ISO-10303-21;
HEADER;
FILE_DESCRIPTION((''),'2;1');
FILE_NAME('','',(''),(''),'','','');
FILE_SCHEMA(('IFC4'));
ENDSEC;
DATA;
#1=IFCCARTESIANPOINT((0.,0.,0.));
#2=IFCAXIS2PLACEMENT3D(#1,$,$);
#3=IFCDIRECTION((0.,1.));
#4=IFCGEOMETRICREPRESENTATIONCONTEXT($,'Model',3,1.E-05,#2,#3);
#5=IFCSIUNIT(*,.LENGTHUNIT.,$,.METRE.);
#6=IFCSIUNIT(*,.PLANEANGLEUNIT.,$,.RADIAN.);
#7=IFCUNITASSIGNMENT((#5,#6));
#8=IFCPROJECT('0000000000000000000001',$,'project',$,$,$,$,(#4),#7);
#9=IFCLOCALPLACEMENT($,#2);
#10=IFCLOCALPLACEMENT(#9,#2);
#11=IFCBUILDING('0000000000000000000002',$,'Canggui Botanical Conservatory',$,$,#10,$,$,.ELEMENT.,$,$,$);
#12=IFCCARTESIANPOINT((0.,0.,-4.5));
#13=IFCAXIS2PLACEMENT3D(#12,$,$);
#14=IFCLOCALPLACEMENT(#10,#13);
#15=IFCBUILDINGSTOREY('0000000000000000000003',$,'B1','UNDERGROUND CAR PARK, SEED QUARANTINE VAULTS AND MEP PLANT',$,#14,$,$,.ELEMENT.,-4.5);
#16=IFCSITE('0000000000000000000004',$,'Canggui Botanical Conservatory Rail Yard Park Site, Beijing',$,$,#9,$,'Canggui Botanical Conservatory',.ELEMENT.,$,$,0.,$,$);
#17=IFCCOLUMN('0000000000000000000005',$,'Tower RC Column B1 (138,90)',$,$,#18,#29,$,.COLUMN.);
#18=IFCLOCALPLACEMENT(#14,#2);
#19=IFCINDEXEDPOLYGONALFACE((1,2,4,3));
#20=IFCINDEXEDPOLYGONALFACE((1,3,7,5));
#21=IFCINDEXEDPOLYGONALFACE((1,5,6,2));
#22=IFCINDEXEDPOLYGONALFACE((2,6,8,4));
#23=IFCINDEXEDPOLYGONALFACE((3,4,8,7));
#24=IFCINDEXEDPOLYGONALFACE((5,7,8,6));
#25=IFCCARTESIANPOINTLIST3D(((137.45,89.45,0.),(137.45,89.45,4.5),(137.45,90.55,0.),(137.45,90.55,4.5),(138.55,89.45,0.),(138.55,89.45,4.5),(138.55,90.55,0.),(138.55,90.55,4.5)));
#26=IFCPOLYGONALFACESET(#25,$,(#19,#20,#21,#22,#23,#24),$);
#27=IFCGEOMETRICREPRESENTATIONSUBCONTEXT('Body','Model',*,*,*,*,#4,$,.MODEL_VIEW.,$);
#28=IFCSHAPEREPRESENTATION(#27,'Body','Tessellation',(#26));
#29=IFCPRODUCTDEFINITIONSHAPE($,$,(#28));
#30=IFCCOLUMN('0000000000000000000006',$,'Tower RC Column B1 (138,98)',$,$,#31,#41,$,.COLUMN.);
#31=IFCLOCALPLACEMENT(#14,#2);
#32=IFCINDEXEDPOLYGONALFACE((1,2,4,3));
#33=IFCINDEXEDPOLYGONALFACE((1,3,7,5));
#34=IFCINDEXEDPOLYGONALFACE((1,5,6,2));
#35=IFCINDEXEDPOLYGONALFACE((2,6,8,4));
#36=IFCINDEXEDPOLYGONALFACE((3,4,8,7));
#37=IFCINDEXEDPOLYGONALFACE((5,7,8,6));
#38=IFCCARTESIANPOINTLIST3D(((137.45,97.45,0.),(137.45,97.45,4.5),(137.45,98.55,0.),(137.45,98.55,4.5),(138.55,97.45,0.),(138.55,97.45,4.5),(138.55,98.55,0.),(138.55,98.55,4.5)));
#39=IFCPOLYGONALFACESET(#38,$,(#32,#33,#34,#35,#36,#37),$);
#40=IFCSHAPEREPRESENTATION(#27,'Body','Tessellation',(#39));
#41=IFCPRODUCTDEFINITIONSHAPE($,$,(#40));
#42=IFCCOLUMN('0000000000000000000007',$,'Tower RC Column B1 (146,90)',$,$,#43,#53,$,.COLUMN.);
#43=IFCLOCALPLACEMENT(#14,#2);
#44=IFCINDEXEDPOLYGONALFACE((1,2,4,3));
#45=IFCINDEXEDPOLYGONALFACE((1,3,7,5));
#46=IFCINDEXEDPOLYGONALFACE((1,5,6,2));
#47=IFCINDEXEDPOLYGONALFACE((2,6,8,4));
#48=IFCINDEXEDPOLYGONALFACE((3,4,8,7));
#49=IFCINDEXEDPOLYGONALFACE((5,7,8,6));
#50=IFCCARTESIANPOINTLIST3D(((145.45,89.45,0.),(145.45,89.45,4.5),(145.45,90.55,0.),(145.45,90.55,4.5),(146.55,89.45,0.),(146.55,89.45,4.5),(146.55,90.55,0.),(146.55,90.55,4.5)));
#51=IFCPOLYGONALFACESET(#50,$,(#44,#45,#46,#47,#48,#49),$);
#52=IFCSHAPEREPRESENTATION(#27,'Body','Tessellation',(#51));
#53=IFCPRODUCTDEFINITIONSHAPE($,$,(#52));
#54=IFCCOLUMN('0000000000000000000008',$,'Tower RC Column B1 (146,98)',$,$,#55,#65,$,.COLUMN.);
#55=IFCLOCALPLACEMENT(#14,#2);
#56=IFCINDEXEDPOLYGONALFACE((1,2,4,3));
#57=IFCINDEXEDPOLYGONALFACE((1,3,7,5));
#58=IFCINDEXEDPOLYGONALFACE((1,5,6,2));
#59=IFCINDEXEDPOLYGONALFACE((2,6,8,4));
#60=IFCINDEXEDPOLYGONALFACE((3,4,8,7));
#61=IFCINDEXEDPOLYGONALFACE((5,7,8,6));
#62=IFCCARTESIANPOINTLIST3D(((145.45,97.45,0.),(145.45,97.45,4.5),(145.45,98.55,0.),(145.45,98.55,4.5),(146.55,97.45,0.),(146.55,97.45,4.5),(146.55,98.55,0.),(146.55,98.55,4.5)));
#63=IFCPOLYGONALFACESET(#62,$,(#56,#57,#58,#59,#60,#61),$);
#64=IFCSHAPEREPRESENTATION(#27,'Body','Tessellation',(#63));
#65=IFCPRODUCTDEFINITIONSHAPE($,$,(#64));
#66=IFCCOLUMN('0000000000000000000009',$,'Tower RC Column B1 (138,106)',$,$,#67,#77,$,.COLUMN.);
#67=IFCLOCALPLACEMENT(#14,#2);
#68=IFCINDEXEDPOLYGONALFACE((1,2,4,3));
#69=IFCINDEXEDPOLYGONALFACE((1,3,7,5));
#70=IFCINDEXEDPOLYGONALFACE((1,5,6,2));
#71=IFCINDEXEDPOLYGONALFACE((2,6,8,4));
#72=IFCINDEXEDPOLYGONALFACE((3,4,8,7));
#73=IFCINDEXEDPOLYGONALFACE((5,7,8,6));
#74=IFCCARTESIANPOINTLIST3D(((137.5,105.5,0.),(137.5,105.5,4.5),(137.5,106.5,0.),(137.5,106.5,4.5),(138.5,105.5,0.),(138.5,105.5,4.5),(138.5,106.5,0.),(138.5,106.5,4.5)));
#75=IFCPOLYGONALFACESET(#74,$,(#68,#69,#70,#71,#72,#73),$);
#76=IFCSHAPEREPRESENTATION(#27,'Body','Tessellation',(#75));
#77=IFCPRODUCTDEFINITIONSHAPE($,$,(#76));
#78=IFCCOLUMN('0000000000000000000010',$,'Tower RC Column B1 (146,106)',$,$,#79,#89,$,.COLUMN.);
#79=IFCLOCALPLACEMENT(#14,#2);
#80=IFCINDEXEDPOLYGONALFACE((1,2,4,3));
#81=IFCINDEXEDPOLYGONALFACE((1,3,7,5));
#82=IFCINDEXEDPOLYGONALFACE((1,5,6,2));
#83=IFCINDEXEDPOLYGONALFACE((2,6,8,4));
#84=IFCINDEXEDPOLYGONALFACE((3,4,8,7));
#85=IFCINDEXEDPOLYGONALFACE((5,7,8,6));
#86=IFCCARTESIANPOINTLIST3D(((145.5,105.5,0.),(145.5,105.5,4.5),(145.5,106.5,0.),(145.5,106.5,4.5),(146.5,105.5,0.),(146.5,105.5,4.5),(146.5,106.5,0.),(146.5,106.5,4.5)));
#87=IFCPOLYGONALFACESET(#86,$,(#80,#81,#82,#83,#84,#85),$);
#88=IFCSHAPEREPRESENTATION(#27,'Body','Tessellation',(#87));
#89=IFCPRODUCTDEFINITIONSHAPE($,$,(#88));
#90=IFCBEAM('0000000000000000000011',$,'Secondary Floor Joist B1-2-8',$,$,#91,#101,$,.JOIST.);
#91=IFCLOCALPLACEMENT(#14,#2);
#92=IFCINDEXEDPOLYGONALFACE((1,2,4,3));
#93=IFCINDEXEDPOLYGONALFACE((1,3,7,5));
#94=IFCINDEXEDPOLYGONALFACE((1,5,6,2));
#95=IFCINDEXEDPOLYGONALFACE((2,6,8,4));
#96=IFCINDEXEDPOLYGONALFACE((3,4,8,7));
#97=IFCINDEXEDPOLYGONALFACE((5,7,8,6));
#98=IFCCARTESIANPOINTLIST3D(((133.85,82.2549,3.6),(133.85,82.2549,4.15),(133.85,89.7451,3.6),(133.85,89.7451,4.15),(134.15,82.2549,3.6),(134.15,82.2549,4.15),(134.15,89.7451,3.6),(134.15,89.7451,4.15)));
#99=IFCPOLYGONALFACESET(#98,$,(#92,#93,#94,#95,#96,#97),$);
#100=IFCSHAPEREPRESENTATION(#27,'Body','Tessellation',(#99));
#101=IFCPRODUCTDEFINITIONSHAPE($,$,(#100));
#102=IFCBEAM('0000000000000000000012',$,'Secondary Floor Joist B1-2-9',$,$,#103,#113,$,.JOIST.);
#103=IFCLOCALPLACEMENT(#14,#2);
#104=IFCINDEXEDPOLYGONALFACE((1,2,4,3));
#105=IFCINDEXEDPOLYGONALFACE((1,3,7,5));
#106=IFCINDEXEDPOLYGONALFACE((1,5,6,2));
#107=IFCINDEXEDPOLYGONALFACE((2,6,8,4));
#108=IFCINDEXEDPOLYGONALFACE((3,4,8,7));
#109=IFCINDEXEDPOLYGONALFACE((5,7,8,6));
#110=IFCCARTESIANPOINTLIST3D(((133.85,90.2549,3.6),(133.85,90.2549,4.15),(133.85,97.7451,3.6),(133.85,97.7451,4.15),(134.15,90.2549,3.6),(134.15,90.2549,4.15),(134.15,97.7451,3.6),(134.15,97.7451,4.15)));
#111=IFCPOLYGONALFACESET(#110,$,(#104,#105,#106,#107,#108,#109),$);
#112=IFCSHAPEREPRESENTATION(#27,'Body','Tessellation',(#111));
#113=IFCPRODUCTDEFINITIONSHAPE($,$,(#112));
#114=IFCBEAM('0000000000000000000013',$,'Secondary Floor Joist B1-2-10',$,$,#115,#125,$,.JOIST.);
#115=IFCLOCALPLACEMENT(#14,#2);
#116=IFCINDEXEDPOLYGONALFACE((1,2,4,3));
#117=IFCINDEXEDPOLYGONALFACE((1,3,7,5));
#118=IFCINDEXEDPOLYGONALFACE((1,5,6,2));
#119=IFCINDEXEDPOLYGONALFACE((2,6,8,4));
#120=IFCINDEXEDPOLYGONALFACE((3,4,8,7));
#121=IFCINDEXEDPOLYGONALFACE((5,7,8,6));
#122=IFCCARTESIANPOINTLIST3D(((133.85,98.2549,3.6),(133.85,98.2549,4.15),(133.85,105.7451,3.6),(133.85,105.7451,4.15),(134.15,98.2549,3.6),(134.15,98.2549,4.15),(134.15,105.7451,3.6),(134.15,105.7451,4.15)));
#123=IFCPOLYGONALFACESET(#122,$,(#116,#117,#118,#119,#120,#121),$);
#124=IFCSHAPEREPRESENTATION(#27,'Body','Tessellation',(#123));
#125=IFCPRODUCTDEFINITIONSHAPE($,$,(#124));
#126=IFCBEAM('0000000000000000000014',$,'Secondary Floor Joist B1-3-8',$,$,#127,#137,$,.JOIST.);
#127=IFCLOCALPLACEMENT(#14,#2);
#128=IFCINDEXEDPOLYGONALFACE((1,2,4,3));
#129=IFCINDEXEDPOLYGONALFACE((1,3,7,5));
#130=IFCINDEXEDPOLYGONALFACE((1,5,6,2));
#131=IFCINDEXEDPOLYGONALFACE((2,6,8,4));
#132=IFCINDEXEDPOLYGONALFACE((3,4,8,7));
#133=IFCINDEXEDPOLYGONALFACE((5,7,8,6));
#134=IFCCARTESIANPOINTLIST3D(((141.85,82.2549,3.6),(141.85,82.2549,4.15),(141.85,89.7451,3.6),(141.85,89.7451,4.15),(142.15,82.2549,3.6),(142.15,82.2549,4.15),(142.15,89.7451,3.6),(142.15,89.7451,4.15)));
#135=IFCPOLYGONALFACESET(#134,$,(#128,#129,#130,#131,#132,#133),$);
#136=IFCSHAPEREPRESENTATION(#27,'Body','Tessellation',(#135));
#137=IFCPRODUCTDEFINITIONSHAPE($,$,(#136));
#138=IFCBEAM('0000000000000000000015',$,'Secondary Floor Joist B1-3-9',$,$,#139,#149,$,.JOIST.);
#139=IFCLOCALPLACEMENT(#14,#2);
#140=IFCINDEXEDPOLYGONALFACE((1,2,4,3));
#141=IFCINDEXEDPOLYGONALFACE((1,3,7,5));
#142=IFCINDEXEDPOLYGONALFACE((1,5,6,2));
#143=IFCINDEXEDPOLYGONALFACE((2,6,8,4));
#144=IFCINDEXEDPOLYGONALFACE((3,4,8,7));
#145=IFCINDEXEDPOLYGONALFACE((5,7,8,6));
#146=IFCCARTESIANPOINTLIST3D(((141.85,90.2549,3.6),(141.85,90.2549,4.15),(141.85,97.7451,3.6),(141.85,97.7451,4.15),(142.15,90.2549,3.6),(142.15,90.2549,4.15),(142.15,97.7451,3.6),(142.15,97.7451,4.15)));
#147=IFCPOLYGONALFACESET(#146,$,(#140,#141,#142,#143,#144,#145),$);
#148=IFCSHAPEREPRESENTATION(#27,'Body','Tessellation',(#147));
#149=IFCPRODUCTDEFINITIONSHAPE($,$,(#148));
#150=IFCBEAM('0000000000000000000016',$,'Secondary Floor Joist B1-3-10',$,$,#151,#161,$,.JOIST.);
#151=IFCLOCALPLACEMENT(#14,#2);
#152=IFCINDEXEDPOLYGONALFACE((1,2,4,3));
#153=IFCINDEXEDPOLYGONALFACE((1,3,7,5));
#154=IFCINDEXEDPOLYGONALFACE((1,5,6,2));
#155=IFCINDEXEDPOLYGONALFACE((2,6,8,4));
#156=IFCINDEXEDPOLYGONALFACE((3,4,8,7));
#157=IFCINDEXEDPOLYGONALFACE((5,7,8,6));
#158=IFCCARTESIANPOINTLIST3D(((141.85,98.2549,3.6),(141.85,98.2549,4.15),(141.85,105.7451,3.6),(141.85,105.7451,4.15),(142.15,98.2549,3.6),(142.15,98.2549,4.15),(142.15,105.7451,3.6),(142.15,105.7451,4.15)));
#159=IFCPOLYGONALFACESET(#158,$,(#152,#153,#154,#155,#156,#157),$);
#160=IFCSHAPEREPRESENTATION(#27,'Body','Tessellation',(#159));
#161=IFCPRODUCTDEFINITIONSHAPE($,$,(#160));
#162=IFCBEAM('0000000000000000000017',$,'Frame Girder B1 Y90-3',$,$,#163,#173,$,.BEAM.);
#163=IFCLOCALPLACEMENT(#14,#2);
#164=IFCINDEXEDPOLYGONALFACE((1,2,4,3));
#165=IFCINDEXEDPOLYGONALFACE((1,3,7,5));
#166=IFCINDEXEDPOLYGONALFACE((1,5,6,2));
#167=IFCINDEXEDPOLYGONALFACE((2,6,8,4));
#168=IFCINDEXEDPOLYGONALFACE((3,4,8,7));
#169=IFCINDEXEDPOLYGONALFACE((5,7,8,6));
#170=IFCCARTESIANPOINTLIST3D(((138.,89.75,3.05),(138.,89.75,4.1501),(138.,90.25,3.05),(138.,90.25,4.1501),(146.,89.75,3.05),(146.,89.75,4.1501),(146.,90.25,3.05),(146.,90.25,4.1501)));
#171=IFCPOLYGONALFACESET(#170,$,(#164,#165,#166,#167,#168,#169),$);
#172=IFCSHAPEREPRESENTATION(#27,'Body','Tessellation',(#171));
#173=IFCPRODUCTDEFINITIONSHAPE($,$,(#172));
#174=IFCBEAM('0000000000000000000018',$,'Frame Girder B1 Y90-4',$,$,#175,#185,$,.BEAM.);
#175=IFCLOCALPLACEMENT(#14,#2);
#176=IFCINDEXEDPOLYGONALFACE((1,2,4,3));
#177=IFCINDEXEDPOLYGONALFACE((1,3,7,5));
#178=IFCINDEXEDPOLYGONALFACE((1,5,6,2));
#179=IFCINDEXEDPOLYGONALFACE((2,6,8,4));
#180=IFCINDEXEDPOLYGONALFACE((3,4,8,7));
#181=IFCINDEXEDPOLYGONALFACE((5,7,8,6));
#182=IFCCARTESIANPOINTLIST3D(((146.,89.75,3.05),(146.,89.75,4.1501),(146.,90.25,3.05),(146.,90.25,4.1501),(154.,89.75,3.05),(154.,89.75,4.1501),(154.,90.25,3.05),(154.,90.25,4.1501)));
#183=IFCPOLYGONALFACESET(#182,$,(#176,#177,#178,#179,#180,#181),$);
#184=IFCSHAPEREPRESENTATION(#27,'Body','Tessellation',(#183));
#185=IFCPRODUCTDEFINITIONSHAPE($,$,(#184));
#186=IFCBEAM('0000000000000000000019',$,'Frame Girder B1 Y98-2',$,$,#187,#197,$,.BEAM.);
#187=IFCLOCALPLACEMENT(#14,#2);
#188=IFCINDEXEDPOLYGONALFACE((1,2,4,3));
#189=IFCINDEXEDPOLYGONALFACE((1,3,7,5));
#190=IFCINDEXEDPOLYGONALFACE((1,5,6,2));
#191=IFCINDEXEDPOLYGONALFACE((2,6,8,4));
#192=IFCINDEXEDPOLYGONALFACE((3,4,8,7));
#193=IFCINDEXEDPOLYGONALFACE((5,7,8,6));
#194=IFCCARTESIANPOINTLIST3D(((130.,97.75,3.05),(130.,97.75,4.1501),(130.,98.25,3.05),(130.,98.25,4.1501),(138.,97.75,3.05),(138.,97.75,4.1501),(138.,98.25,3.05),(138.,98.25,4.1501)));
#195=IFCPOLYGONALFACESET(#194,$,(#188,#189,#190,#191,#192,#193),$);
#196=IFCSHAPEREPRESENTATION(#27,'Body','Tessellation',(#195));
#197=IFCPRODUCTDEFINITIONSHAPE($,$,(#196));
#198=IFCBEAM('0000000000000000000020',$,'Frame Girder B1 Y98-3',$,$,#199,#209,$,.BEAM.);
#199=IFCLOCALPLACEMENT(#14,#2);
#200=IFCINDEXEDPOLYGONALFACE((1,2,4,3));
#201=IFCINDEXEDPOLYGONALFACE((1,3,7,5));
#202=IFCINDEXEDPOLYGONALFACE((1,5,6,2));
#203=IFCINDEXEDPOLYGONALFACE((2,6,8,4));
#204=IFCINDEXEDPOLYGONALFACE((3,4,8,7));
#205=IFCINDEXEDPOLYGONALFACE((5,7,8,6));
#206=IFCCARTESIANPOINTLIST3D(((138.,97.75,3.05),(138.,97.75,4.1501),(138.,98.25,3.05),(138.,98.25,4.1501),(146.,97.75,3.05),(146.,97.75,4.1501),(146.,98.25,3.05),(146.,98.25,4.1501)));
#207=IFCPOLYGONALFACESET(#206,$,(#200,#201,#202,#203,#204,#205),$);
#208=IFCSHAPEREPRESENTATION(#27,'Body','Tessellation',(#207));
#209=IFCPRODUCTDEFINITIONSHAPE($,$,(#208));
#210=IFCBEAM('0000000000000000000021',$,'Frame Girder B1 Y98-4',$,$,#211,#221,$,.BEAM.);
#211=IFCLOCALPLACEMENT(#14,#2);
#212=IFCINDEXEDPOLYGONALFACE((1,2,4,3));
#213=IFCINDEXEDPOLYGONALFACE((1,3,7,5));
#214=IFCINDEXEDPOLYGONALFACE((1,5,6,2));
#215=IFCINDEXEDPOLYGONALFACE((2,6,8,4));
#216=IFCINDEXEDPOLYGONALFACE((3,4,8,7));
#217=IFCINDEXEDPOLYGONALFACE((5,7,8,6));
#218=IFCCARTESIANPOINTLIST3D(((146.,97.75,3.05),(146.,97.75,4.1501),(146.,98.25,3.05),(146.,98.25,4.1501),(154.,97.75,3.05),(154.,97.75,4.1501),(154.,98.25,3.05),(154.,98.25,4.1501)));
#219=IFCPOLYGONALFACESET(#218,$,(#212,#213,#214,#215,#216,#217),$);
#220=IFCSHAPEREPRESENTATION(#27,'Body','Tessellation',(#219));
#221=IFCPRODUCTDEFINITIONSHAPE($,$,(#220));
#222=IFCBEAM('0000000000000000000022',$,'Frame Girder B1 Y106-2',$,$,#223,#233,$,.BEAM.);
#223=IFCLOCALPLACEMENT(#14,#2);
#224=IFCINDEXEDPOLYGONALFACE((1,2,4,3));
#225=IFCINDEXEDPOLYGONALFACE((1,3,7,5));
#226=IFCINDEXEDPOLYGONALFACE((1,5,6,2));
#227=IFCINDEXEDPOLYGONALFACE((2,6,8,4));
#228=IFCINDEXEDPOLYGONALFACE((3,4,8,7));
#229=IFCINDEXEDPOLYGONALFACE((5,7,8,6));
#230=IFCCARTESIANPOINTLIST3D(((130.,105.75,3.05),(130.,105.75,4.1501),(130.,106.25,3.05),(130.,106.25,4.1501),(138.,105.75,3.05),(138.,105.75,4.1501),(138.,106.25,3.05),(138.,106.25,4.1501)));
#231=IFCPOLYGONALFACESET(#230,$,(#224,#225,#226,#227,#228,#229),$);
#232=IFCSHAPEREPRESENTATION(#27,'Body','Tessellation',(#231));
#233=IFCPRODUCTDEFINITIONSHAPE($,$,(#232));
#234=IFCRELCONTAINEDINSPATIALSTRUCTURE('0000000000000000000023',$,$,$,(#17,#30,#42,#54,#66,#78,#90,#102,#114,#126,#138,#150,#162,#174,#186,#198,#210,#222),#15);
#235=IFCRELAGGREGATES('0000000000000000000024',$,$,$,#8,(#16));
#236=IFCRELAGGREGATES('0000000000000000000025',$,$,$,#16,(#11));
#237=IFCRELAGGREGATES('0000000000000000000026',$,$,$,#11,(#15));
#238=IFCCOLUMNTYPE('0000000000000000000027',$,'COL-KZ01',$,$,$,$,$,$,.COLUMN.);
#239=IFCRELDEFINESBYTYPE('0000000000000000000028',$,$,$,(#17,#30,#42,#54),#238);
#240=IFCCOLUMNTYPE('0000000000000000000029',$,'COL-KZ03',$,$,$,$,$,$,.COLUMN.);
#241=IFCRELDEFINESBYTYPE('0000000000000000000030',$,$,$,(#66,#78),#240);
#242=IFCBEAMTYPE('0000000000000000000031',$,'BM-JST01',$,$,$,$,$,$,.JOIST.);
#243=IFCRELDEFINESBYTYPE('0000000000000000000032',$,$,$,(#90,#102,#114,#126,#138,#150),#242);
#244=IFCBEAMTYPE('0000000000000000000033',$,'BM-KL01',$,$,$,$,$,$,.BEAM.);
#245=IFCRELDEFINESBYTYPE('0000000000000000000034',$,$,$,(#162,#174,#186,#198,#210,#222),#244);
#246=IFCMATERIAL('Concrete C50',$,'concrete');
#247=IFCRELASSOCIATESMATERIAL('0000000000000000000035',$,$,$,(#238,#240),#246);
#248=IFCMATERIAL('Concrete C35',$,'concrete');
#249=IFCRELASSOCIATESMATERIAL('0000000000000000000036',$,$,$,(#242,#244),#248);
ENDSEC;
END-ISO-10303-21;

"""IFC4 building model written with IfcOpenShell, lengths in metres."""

from ifc_helpers import new_model, si_unit, direction, frame, origin, origin_2d, place, context, subcontext, project, spatial, rectangle, extrude, material, material_profile, profile_set, type_object, element, save


model = new_model("IFC4")

# Units and contexts
model_context = context("Model", 3, precision=1e-05, world=origin(), true_north=direction((0.0, 1.0)))
body_context = subcontext(model_context, "Body", "Model", "MODEL_VIEW")
ifc_project = project(units=[si_unit("LENGTHUNIT", "METRE"), si_unit("PLANEANGLEUNIT", "RADIAN")], contexts=[model_context])

# Site, building, storey
site_placement = place(None, origin())
site = spatial("IfcSite", under=ifc_project, at=site_placement, Name="Canggui Botanical Conservatory Rail Yard Park Site, Beijing", LongName="Canggui Botanical Conservatory", CompositionType="ELEMENT", RefElevation=0.0)
building_placement = place(site_placement, origin())
building = spatial("IfcBuilding", under=site, at=building_placement, Name="Canggui Botanical Conservatory", CompositionType="ELEMENT")
storey_placement = place(building_placement, frame((0.0, 0.0, -4.5)))
storey = spatial("IfcBuildingStorey", under=building, at=storey_placement, Name="B1", Description="UNDERGROUND CAR PARK, SEED QUARANTINE VAULTS AND MEP PLANT", CompositionType="ELEMENT", Elevation=-4.5)

# Columns
ifc_material_1 = material(Name="Concrete C50", Category="concrete")
ifc_material_profile_1 = material_profile(ifc_material_1, rectangle(XDim=1.1001, YDim=1.1001, at=origin_2d()), Name="RC 1100x1100")
ifc_profile_set_1 = profile_set([ifc_material_profile_1], Name="Concrete C50")
column_type_1 = type_object("IfcColumnType", Name="COL-KZ01", PredefinedType="COLUMN", material=ifc_profile_set_1)
for number, where, z_axis, x_axis, name in (
    (1, (138.0, 90.0, 0.0), (0.0, 0.0, 1.0), (1.0, 0.0, 0.0), "Tower RC Column B1 (138,90)"),
    (2, (138.0, 98.0, 0.0), (0.0, 0.0, 1.0), (1.0, 0.0, 0.0), "Tower RC Column B1 (138,98)"),
    (3, (146.0, 90.0, 0.0), (0.0, 0.0, 1.0), (1.0, 0.0, 0.0), "Tower RC Column B1 (146,90)"),
    (4, (146.0, 98.0, 0.0), (0.0, 0.0, 1.0), (1.0, 0.0, 0.0), "Tower RC Column B1 (146,98)"),
):
    element("IfcColumn", number, at=place(storey_placement, frame(where, z_axis=z_axis, x_axis=x_axis)), inside=storey, type_object=column_type_1, Name=name, PredefinedType="COLUMN", context=body_context, shape_type="SweptSolid", body=[
        extrude(rectangle(XDim=1.1001, YDim=1.1001, at=origin_2d()), origin(), (0.0, 0.0, 1.0), 4.5),
    ])
ifc_material_profile_2 = material_profile(ifc_material_1, rectangle(XDim=1.0, YDim=1.0, at=origin_2d()), Name="RC 1000x1000")
ifc_profile_set_2 = profile_set([ifc_material_profile_2], Name="Concrete C50")
column_type_2 = type_object("IfcColumnType", Name="COL-KZ03", PredefinedType="COLUMN", material=ifc_profile_set_2)
for number, where, z_axis, x_axis, name in (
    (5, (138.0, 106.0, 0.0), (0.0, 0.0, 1.0), (1.0, 0.0, 0.0), "Tower RC Column B1 (138,106)"),
    (6, (146.0, 106.0, 0.0), (0.0, 0.0, 1.0), (1.0, 0.0, 0.0), "Tower RC Column B1 (146,106)"),
):
    element("IfcColumn", number, at=place(storey_placement, frame(where, z_axis=z_axis, x_axis=x_axis)), inside=storey, type_object=column_type_2, Name=name, PredefinedType="COLUMN", context=body_context, shape_type="SweptSolid", body=[
        extrude(rectangle(XDim=1.0, YDim=1.0, at=origin_2d()), origin(), (0.0, 0.0, 1.0), 4.5),
    ])

# Beams
ifc_material_2 = material(Name="Concrete C35", Category="concrete")
ifc_material_profile_3 = material_profile(ifc_material_2, rectangle(XDim=0.3, YDim=0.55, at=origin_2d()), Name="RB 300x550")
ifc_profile_set_3 = profile_set([ifc_material_profile_3], Name="Concrete C35")
beam_type_1 = type_object("IfcBeamType", Name="BM-JST01", PredefinedType="JOIST", material=ifc_profile_set_3)
for number, where, z_axis, x_axis, name in (
    (7, (134.0, 82.2549, 3.875), (0.0, 1.0, 0.0), (-1.0, 0.0, 0.0), "Secondary Floor Joist B1-2-8"),
    (8, (134.0, 90.2549, 3.875), (0.0, 1.0, 0.0), (-1.0, 0.0, 0.0), "Secondary Floor Joist B1-2-9"),
    (9, (134.0, 98.2549, 3.875), (0.0, 1.0, 0.0), (-1.0, 0.0, 0.0), "Secondary Floor Joist B1-2-10"),
    (10, (142.0, 82.2549, 3.875), (0.0, 1.0, 0.0), (-1.0, 0.0, 0.0), "Secondary Floor Joist B1-3-8"),
    (11, (142.0, 90.2549, 3.875), (0.0, 1.0, 0.0), (-1.0, 0.0, 0.0), "Secondary Floor Joist B1-3-9"),
    (12, (142.0, 98.2549, 3.875), (0.0, 1.0, 0.0), (-1.0, 0.0, 0.0), "Secondary Floor Joist B1-3-10"),
):
    element("IfcBeam", number, at=place(storey_placement, frame(where, z_axis=z_axis, x_axis=x_axis)), inside=storey, type_object=beam_type_1, Name=name, PredefinedType="JOIST", context=body_context, shape_type="SweptSolid", body=[
        extrude(rectangle(XDim=0.3, YDim=0.55, at=origin_2d()), origin(), (0.0, 0.0, 1.0), 7.4902),
    ])
ifc_material_profile_4 = material_profile(ifc_material_2, rectangle(XDim=0.5, YDim=1.1001, at=origin_2d()), Name="RB 500x1100")
ifc_profile_set_4 = profile_set([ifc_material_profile_4], Name="Concrete C35")
beam_type_2 = type_object("IfcBeamType", Name="BM-KL01", PredefinedType="BEAM", material=ifc_profile_set_4)
for number, where, z_axis, x_axis, name in (
    (13, (138.0, 90.0, 3.6001), (1.0, 0.0, 0.0), (0.0, 1.0, 0.0), "Frame Girder B1 Y90-3"),
    (14, (146.0, 90.0, 3.6001), (1.0, 0.0, 0.0), (0.0, 1.0, 0.0), "Frame Girder B1 Y90-4"),
    (15, (130.0, 98.0, 3.6001), (1.0, 0.0, 0.0), (0.0, 1.0, 0.0), "Frame Girder B1 Y98-2"),
    (16, (138.0, 98.0, 3.6001), (1.0, 0.0, 0.0), (0.0, 1.0, 0.0), "Frame Girder B1 Y98-3"),
    (17, (146.0, 98.0, 3.6001), (1.0, 0.0, 0.0), (0.0, 1.0, 0.0), "Frame Girder B1 Y98-4"),
    (18, (130.0, 106.0, 3.6001), (1.0, 0.0, 0.0), (0.0, 1.0, 0.0), "Frame Girder B1 Y106-2"),
):
    element("IfcBeam", number, at=place(storey_placement, frame(where, z_axis=z_axis, x_axis=x_axis)), inside=storey, type_object=beam_type_2, Name=name, PredefinedType="BEAM", context=body_context, shape_type="SweptSolid", body=[
        extrude(rectangle(XDim=0.5, YDim=1.1001, at=origin_2d()), origin(), (0.0, 0.0, 1.0), 8.0),
    ])

save(model, "model.ifc")
